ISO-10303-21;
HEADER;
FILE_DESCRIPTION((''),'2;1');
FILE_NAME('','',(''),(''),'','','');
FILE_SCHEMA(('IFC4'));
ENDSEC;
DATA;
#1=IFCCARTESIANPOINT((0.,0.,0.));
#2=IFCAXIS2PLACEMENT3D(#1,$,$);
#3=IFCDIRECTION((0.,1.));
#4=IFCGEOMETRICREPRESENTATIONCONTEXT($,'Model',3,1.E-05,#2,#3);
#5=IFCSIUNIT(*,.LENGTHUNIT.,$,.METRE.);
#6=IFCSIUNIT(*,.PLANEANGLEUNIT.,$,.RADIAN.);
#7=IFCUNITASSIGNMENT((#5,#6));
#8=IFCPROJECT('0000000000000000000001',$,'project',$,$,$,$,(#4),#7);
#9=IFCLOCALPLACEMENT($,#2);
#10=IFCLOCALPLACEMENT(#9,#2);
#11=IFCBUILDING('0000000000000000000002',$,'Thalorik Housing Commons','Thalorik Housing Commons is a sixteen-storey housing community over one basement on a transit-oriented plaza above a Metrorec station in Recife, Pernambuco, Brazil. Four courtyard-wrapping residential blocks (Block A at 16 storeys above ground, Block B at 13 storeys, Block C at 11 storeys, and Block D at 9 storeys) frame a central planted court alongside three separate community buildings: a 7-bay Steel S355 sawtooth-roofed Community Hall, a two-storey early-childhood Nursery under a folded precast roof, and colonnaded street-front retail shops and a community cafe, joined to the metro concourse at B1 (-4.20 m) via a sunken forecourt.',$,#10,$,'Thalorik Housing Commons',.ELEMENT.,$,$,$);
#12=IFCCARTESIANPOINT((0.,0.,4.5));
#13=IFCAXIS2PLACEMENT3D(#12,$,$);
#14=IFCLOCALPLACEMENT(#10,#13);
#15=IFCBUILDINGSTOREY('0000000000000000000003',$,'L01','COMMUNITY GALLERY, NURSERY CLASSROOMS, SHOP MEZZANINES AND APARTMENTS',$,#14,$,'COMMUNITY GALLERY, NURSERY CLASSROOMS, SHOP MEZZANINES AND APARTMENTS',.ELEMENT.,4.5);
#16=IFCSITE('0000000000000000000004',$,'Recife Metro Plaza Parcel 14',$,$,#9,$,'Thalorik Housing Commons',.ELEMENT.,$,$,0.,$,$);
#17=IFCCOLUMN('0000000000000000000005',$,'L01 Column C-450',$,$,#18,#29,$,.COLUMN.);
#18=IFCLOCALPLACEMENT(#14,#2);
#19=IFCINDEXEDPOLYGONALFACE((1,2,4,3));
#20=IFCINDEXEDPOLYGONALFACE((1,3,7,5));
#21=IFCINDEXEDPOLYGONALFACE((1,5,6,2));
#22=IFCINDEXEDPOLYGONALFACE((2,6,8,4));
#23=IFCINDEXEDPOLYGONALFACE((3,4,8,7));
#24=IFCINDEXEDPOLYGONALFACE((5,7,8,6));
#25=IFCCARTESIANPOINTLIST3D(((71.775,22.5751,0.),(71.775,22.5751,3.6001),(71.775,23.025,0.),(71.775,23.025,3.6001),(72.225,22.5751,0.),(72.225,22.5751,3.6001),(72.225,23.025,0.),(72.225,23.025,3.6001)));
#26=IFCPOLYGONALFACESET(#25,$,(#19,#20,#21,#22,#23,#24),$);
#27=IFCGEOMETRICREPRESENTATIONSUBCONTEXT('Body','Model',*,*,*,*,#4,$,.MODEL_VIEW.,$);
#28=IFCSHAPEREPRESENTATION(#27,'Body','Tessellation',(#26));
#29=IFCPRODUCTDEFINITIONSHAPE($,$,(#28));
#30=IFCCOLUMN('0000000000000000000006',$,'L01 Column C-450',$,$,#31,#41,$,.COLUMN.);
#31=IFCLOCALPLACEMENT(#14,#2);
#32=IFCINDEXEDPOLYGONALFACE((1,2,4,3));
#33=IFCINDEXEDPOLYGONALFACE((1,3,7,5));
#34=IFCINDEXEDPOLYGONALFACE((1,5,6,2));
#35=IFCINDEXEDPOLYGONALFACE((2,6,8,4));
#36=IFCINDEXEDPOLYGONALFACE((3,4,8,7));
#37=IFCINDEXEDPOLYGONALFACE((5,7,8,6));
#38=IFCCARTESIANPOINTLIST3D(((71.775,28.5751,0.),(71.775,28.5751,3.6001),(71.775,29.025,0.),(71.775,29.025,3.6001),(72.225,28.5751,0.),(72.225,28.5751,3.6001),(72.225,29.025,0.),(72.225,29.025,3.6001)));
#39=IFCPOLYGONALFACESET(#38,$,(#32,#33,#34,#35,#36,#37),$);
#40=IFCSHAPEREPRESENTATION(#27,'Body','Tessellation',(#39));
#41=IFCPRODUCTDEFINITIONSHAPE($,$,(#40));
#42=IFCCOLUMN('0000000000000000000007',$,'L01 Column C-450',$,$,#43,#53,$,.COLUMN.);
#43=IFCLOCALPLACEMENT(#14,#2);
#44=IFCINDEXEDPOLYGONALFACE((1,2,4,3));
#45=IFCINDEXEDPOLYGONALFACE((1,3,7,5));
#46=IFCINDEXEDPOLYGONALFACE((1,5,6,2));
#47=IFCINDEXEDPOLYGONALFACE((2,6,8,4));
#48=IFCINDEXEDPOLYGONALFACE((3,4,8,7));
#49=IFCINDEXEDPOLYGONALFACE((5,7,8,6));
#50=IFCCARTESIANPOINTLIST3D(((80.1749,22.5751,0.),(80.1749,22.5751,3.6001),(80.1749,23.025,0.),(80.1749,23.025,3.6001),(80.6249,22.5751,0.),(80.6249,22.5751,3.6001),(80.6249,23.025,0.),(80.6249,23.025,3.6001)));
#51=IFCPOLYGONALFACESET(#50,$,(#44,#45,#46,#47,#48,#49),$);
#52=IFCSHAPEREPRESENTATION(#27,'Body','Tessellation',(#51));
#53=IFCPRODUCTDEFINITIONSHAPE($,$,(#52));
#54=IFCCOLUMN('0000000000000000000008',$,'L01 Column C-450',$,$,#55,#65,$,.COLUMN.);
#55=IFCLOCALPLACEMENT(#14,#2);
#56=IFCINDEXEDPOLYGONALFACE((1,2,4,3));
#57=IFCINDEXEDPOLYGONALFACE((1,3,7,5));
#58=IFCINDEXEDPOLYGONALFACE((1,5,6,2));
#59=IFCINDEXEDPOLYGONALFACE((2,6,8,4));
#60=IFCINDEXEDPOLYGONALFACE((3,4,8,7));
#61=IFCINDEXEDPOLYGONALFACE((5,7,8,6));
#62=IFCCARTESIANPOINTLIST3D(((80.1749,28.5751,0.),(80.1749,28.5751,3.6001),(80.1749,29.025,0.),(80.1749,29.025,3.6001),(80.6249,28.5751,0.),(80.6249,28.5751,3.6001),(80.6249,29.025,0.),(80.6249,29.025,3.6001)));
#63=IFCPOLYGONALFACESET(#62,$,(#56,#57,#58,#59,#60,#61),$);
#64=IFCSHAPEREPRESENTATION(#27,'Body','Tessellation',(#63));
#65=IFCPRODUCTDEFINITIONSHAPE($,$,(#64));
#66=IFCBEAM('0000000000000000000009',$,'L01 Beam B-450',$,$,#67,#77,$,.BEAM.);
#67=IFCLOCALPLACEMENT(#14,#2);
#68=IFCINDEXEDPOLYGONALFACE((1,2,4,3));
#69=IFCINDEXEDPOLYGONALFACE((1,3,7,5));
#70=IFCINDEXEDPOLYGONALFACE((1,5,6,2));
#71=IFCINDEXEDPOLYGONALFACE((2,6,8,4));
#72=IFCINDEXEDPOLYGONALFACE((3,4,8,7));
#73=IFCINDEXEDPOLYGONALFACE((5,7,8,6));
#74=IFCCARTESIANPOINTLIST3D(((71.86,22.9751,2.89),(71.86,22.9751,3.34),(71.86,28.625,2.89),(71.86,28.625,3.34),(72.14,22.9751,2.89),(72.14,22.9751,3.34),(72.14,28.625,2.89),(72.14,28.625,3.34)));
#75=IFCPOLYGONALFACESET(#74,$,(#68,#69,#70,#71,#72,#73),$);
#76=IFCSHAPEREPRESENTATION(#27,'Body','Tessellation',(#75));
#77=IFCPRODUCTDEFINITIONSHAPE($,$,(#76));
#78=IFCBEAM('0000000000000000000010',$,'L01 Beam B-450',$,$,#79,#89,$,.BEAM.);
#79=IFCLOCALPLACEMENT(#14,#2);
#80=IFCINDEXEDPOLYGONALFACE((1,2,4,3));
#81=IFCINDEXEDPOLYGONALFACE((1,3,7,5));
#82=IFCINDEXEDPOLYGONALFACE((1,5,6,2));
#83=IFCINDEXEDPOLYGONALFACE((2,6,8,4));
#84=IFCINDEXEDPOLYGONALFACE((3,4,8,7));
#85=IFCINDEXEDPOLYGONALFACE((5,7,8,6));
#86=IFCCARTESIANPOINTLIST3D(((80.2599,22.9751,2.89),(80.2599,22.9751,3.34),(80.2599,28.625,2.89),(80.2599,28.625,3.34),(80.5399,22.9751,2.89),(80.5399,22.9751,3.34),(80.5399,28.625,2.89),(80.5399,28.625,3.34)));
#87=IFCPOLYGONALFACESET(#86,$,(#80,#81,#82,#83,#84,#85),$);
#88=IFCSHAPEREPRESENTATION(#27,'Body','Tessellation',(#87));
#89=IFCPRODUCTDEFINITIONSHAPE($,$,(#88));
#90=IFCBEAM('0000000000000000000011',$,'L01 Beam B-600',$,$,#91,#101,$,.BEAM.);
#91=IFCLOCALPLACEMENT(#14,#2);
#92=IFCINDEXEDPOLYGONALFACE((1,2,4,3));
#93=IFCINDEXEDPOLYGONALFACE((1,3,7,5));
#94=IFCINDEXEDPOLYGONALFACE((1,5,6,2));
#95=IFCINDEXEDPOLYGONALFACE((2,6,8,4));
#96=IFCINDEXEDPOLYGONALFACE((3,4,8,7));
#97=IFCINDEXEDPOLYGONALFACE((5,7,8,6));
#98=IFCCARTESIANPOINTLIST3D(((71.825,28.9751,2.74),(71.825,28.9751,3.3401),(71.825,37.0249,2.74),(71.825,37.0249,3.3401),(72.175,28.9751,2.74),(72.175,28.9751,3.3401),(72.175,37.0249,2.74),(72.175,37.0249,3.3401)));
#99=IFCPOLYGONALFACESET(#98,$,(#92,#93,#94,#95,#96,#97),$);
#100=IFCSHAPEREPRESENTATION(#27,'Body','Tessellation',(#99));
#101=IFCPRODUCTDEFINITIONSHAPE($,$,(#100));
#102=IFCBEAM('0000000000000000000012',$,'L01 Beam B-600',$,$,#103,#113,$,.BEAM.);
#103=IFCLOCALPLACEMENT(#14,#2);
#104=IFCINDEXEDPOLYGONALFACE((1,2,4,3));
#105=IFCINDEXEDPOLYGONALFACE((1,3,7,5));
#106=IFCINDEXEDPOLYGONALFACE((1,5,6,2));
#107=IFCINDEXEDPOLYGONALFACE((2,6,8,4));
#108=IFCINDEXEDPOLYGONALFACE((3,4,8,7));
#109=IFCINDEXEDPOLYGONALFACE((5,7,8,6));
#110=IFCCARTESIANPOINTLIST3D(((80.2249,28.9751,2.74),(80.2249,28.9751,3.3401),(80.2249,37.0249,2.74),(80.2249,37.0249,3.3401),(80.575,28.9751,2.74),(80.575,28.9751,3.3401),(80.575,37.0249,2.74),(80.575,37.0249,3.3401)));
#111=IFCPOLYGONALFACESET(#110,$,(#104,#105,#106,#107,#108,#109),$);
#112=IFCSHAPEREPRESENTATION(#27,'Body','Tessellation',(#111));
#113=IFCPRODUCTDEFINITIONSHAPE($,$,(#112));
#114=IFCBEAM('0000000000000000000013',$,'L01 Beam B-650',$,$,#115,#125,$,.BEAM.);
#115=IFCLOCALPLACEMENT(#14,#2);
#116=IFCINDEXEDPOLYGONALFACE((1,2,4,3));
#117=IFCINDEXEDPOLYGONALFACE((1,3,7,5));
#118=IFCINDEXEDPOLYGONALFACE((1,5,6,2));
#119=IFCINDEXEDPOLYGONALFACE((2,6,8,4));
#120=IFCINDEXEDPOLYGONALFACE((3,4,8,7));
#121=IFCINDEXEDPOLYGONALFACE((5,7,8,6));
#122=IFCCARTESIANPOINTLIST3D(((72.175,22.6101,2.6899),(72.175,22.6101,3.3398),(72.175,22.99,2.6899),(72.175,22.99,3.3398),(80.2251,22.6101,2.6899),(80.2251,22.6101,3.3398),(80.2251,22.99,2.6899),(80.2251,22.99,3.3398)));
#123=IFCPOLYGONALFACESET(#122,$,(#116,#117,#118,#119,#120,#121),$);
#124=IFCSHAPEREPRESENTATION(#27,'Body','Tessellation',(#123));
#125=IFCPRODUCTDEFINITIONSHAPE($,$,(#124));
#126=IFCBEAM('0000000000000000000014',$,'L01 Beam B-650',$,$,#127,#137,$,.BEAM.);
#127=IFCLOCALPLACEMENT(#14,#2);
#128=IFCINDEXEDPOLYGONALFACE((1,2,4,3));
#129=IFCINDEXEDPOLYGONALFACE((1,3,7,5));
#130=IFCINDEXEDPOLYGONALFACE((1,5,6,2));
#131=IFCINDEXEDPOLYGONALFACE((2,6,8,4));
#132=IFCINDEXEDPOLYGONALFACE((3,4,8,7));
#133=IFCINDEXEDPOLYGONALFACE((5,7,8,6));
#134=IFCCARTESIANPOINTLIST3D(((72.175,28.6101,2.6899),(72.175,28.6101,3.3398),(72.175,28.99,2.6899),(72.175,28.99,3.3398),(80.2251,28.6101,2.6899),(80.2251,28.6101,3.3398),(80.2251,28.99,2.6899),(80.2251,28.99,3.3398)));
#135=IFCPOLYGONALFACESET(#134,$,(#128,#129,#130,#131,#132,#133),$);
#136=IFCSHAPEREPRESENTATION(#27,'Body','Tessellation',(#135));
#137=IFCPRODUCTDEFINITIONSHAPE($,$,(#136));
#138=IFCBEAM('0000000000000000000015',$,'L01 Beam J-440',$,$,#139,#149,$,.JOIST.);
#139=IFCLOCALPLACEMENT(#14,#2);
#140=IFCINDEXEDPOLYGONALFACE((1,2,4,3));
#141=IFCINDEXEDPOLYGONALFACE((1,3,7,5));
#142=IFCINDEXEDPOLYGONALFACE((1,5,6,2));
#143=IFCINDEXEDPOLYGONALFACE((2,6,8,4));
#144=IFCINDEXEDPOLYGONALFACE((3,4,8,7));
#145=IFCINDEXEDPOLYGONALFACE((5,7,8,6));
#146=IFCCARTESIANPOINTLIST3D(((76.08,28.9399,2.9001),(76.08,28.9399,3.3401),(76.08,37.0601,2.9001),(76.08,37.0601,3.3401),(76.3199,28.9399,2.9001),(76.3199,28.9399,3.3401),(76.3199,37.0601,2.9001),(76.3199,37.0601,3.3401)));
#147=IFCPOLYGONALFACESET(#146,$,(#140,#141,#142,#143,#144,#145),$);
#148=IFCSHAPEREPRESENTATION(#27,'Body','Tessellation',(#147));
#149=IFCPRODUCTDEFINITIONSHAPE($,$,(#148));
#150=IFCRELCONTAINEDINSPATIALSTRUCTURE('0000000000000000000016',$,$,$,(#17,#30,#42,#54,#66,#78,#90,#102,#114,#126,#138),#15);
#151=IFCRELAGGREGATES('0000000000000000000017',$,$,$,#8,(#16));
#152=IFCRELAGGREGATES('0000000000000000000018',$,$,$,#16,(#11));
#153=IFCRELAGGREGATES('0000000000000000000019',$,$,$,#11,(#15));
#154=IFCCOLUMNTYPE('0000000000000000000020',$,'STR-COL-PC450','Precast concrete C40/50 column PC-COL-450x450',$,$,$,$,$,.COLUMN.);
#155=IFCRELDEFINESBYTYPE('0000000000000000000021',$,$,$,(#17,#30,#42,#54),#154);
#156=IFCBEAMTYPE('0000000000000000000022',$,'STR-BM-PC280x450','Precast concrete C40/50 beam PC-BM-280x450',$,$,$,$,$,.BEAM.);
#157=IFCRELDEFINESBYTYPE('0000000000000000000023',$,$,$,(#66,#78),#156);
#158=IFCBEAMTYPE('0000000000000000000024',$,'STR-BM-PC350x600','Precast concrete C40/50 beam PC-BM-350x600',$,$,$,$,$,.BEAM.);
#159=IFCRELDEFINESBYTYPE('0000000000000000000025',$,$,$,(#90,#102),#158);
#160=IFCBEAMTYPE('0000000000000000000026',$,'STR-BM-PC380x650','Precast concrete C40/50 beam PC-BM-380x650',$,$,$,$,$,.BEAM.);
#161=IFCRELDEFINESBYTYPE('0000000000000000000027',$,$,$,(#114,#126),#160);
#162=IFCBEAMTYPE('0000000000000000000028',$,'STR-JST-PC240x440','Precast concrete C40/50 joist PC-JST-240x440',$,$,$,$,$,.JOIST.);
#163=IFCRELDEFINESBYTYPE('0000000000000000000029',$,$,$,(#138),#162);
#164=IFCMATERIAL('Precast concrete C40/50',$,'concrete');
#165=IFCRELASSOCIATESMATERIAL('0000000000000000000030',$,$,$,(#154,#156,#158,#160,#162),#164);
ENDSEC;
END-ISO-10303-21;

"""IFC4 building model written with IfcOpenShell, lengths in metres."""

from ifc_helpers import new_model, si_unit, direction, frame, origin, origin_2d, place, context, subcontext, project, spatial, rectangle, extrude, material, material_profile, profile_set, type_object, element, save


model = new_model("IFC4")

# Units and contexts
model_context = context("Model", 3, precision=1e-05, world=origin(), true_north=direction((0.0, 1.0)))
body_context = subcontext(model_context, "Body", "Model", "MODEL_VIEW")
ifc_project = project(units=[si_unit("LENGTHUNIT", "METRE"), si_unit("PLANEANGLEUNIT", "RADIAN")], contexts=[model_context])

# Site, building, storey
site_placement = place(None, origin())
site = spatial("IfcSite", under=ifc_project, at=site_placement, Name="Recife Metro Plaza Parcel 14", LongName="Thalorik Housing Commons", CompositionType="ELEMENT", RefElevation=0.0)
building_placement = place(site_placement, origin())
building = spatial("IfcBuilding", under=site, at=building_placement, Name="Thalorik Housing Commons", Description="Thalorik Housing Commons is a sixteen-storey housing community over one basement on a transit-oriented plaza above a Metrorec station in Recife, Pernambuco, Brazil. Four courtyard-wrapping residential blocks (Block A at 16 storeys above ground, Block B at 13 storeys, Block C at 11 storeys, and Block D at 9 storeys) frame a central planted court alongside three separate community buildings: a 7-bay Steel S355 sawtooth-roofed Community Hall, a two-storey early-childhood Nursery under a folded precast roof, and colonnaded street-front retail shops and a community cafe, joined to the metro concourse at B1 (-4.20 m) via a sunken forecourt.", LongName="Thalorik Housing Commons", CompositionType="ELEMENT")
storey_placement = place(building_placement, frame((0.0, 0.0, 4.5)))
storey = spatial("IfcBuildingStorey", under=building, at=storey_placement, Name="L01", Description="COMMUNITY GALLERY, NURSERY CLASSROOMS, SHOP MEZZANINES AND APARTMENTS", LongName="COMMUNITY GALLERY, NURSERY CLASSROOMS, SHOP MEZZANINES AND APARTMENTS", CompositionType="ELEMENT", Elevation=4.5)

# Columns
ifc_material_1 = material(Name="Precast concrete C40/50", Category="concrete")
ifc_material_profile_1 = material_profile(ifc_material_1, rectangle(XDim=0.45, YDim=0.45, at=origin_2d()), Name="PC 450x450", Category="concrete")
ifc_profile_set_1 = profile_set([ifc_material_profile_1], Name="Precast concrete C40/50")
column_type = type_object("IfcColumnType", Name="STR-COL-PC450", Description="Precast concrete C40/50 column PC-COL-450x450", PredefinedType="COLUMN", material=ifc_profile_set_1)
for number, where, z_axis, x_axis, name in (
    (1, (72.0, 22.8, 0.0), (0.0, 0.0, 1.0), (1.0, 0.0, 0.0), "L01 Column C-450"),
    (2, (72.0, 28.8, 0.0), (0.0, 0.0, 1.0), (1.0, 0.0, 0.0), "L01 Column C-450"),
    (3, (80.3999, 22.8, 0.0), (0.0, 0.0, 1.0), (1.0, 0.0, 0.0), "L01 Column C-450"),
    (4, (80.3999, 28.8, 0.0), (0.0, 0.0, 1.0), (1.0, 0.0, 0.0), "L01 Column C-450"),
):
    element("IfcColumn", number, at=place(storey_placement, frame(where, z_axis=z_axis, x_axis=x_axis)), inside=storey, type_object=column_type, Name=name, PredefinedType="COLUMN", context=body_context, shape_type="SweptSolid", body=[
        extrude(rectangle(XDim=0.45, YDim=0.45, at=origin_2d()), origin(), (0.0, 0.0, 1.0), 3.6001),
    ])

# Beams
ifc_material_profile_2 = material_profile(ifc_material_1, rectangle(XDim=0.28, YDim=0.45, at=origin_2d()), Name="PC 280x450", Category="concrete")
ifc_profile_set_2 = profile_set([ifc_material_profile_2], Name="Precast concrete C40/50")
beam_type_1 = type_object("IfcBeamType", Name="STR-BM-PC280x450", Description="Precast concrete C40/50 beam PC-BM-280x450", PredefinedType="BEAM", material=ifc_profile_set_2)
for number, where, z_axis, x_axis, name in (
    (5, (72.0, 22.9751, 3.115), (0.0, 1.0, 0.0), (-1.0, 0.0, 0.0), "L01 Beam B-450"),
    (6, (80.3999, 22.9751, 3.115), (0.0, 1.0, 0.0), (-1.0, 0.0, 0.0), "L01 Beam B-450"),
):
    element("IfcBeam", number, at=place(storey_placement, frame(where, z_axis=z_axis, x_axis=x_axis)), inside=storey, type_object=beam_type_1, Name=name, PredefinedType="BEAM", context=body_context, shape_type="SweptSolid", body=[
        extrude(rectangle(XDim=0.28, YDim=0.45, at=origin_2d()), origin(), (0.0, 0.0, 1.0), 5.6499),
    ])
ifc_material_profile_3 = material_profile(ifc_material_1, rectangle(XDim=0.3501, YDim=0.6001, at=origin_2d()), Name="PC 350x600", Category="concrete")
ifc_profile_set_3 = profile_set([ifc_material_profile_3], Name="Precast concrete C40/50")
beam_type_2 = type_object("IfcBeamType", Name="STR-BM-PC350x600", Description="Precast concrete C40/50 beam PC-BM-350x600", PredefinedType="BEAM", material=ifc_profile_set_3)
for number, where, z_axis, x_axis, name in (
    (7, (72.0, 28.9751, 3.04), (0.0, 1.0, 0.0), (-1.0, 0.0, 0.0), "L01 Beam B-600"),
    (8, (80.3999, 28.9751, 3.04), (0.0, 1.0, 0.0), (-1.0, 0.0, 0.0), "L01 Beam B-600"),
):
    element("IfcBeam", number, at=place(storey_placement, frame(where, z_axis=z_axis, x_axis=x_axis)), inside=storey, type_object=beam_type_2, Name=name, PredefinedType="BEAM", context=body_context, shape_type="SweptSolid", body=[
        extrude(rectangle(XDim=0.3501, YDim=0.6001, at=origin_2d()), origin(), (0.0, 0.0, 1.0), 8.0498),
    ])
ifc_material_profile_4 = material_profile(ifc_material_1, rectangle(XDim=0.3799, YDim=0.6499, at=origin_2d()), Name="PC 380x650", Category="concrete")
ifc_profile_set_4 = profile_set([ifc_material_profile_4], Name="Precast concrete C40/50")
beam_type_3 = type_object("IfcBeamType", Name="STR-BM-PC380x650", Description="Precast concrete C40/50 beam PC-BM-380x650", PredefinedType="BEAM", material=ifc_profile_set_4)
for number, where, z_axis, x_axis, name in (
    (9, (72.175, 22.8, 3.0149), (1.0, 0.0, 0.0), (0.0, 1.0, 0.0), "L01 Beam B-650"),
    (10, (72.175, 28.8, 3.0149), (1.0, 0.0, 0.0), (0.0, 1.0, 0.0), "L01 Beam B-650"),
):
    element("IfcBeam", number, at=place(storey_placement, frame(where, z_axis=z_axis, x_axis=x_axis)), inside=storey, type_object=beam_type_3, Name=name, PredefinedType="BEAM", context=body_context, shape_type="SweptSolid", body=[
        extrude(rectangle(XDim=0.3799, YDim=0.6499, at=origin_2d()), origin(), (0.0, 0.0, 1.0), 8.05),
    ])
ifc_material_profile_5 = material_profile(ifc_material_1, rectangle(XDim=0.24, YDim=0.4399, at=origin_2d()), Name="PC JST 240x440", Category="concrete")
ifc_profile_set_5 = profile_set([ifc_material_profile_5], Name="Precast concrete C40/50")
beam_type_4 = type_object("IfcBeamType", Name="STR-JST-PC240x440", Description="Precast concrete C40/50 joist PC-JST-240x440", PredefinedType="JOIST", material=ifc_profile_set_5)
beam_placement = place(storey_placement, frame((76.2, 28.9399, 3.1201), z_axis=(0.0, 1.0, 0.0), x_axis=(-1.0, 0.0, 0.0)))
element("IfcBeam", 11, at=beam_placement, inside=storey, type_object=beam_type_4, Name="L01 Beam J-440", PredefinedType="JOIST", context=body_context, shape_type="SweptSolid", body=[
    extrude(rectangle(XDim=0.24, YDim=0.4399, at=origin_2d()), origin(), (0.0, 0.0, 1.0), 8.1201),
])

save(model, "model.ifc")
